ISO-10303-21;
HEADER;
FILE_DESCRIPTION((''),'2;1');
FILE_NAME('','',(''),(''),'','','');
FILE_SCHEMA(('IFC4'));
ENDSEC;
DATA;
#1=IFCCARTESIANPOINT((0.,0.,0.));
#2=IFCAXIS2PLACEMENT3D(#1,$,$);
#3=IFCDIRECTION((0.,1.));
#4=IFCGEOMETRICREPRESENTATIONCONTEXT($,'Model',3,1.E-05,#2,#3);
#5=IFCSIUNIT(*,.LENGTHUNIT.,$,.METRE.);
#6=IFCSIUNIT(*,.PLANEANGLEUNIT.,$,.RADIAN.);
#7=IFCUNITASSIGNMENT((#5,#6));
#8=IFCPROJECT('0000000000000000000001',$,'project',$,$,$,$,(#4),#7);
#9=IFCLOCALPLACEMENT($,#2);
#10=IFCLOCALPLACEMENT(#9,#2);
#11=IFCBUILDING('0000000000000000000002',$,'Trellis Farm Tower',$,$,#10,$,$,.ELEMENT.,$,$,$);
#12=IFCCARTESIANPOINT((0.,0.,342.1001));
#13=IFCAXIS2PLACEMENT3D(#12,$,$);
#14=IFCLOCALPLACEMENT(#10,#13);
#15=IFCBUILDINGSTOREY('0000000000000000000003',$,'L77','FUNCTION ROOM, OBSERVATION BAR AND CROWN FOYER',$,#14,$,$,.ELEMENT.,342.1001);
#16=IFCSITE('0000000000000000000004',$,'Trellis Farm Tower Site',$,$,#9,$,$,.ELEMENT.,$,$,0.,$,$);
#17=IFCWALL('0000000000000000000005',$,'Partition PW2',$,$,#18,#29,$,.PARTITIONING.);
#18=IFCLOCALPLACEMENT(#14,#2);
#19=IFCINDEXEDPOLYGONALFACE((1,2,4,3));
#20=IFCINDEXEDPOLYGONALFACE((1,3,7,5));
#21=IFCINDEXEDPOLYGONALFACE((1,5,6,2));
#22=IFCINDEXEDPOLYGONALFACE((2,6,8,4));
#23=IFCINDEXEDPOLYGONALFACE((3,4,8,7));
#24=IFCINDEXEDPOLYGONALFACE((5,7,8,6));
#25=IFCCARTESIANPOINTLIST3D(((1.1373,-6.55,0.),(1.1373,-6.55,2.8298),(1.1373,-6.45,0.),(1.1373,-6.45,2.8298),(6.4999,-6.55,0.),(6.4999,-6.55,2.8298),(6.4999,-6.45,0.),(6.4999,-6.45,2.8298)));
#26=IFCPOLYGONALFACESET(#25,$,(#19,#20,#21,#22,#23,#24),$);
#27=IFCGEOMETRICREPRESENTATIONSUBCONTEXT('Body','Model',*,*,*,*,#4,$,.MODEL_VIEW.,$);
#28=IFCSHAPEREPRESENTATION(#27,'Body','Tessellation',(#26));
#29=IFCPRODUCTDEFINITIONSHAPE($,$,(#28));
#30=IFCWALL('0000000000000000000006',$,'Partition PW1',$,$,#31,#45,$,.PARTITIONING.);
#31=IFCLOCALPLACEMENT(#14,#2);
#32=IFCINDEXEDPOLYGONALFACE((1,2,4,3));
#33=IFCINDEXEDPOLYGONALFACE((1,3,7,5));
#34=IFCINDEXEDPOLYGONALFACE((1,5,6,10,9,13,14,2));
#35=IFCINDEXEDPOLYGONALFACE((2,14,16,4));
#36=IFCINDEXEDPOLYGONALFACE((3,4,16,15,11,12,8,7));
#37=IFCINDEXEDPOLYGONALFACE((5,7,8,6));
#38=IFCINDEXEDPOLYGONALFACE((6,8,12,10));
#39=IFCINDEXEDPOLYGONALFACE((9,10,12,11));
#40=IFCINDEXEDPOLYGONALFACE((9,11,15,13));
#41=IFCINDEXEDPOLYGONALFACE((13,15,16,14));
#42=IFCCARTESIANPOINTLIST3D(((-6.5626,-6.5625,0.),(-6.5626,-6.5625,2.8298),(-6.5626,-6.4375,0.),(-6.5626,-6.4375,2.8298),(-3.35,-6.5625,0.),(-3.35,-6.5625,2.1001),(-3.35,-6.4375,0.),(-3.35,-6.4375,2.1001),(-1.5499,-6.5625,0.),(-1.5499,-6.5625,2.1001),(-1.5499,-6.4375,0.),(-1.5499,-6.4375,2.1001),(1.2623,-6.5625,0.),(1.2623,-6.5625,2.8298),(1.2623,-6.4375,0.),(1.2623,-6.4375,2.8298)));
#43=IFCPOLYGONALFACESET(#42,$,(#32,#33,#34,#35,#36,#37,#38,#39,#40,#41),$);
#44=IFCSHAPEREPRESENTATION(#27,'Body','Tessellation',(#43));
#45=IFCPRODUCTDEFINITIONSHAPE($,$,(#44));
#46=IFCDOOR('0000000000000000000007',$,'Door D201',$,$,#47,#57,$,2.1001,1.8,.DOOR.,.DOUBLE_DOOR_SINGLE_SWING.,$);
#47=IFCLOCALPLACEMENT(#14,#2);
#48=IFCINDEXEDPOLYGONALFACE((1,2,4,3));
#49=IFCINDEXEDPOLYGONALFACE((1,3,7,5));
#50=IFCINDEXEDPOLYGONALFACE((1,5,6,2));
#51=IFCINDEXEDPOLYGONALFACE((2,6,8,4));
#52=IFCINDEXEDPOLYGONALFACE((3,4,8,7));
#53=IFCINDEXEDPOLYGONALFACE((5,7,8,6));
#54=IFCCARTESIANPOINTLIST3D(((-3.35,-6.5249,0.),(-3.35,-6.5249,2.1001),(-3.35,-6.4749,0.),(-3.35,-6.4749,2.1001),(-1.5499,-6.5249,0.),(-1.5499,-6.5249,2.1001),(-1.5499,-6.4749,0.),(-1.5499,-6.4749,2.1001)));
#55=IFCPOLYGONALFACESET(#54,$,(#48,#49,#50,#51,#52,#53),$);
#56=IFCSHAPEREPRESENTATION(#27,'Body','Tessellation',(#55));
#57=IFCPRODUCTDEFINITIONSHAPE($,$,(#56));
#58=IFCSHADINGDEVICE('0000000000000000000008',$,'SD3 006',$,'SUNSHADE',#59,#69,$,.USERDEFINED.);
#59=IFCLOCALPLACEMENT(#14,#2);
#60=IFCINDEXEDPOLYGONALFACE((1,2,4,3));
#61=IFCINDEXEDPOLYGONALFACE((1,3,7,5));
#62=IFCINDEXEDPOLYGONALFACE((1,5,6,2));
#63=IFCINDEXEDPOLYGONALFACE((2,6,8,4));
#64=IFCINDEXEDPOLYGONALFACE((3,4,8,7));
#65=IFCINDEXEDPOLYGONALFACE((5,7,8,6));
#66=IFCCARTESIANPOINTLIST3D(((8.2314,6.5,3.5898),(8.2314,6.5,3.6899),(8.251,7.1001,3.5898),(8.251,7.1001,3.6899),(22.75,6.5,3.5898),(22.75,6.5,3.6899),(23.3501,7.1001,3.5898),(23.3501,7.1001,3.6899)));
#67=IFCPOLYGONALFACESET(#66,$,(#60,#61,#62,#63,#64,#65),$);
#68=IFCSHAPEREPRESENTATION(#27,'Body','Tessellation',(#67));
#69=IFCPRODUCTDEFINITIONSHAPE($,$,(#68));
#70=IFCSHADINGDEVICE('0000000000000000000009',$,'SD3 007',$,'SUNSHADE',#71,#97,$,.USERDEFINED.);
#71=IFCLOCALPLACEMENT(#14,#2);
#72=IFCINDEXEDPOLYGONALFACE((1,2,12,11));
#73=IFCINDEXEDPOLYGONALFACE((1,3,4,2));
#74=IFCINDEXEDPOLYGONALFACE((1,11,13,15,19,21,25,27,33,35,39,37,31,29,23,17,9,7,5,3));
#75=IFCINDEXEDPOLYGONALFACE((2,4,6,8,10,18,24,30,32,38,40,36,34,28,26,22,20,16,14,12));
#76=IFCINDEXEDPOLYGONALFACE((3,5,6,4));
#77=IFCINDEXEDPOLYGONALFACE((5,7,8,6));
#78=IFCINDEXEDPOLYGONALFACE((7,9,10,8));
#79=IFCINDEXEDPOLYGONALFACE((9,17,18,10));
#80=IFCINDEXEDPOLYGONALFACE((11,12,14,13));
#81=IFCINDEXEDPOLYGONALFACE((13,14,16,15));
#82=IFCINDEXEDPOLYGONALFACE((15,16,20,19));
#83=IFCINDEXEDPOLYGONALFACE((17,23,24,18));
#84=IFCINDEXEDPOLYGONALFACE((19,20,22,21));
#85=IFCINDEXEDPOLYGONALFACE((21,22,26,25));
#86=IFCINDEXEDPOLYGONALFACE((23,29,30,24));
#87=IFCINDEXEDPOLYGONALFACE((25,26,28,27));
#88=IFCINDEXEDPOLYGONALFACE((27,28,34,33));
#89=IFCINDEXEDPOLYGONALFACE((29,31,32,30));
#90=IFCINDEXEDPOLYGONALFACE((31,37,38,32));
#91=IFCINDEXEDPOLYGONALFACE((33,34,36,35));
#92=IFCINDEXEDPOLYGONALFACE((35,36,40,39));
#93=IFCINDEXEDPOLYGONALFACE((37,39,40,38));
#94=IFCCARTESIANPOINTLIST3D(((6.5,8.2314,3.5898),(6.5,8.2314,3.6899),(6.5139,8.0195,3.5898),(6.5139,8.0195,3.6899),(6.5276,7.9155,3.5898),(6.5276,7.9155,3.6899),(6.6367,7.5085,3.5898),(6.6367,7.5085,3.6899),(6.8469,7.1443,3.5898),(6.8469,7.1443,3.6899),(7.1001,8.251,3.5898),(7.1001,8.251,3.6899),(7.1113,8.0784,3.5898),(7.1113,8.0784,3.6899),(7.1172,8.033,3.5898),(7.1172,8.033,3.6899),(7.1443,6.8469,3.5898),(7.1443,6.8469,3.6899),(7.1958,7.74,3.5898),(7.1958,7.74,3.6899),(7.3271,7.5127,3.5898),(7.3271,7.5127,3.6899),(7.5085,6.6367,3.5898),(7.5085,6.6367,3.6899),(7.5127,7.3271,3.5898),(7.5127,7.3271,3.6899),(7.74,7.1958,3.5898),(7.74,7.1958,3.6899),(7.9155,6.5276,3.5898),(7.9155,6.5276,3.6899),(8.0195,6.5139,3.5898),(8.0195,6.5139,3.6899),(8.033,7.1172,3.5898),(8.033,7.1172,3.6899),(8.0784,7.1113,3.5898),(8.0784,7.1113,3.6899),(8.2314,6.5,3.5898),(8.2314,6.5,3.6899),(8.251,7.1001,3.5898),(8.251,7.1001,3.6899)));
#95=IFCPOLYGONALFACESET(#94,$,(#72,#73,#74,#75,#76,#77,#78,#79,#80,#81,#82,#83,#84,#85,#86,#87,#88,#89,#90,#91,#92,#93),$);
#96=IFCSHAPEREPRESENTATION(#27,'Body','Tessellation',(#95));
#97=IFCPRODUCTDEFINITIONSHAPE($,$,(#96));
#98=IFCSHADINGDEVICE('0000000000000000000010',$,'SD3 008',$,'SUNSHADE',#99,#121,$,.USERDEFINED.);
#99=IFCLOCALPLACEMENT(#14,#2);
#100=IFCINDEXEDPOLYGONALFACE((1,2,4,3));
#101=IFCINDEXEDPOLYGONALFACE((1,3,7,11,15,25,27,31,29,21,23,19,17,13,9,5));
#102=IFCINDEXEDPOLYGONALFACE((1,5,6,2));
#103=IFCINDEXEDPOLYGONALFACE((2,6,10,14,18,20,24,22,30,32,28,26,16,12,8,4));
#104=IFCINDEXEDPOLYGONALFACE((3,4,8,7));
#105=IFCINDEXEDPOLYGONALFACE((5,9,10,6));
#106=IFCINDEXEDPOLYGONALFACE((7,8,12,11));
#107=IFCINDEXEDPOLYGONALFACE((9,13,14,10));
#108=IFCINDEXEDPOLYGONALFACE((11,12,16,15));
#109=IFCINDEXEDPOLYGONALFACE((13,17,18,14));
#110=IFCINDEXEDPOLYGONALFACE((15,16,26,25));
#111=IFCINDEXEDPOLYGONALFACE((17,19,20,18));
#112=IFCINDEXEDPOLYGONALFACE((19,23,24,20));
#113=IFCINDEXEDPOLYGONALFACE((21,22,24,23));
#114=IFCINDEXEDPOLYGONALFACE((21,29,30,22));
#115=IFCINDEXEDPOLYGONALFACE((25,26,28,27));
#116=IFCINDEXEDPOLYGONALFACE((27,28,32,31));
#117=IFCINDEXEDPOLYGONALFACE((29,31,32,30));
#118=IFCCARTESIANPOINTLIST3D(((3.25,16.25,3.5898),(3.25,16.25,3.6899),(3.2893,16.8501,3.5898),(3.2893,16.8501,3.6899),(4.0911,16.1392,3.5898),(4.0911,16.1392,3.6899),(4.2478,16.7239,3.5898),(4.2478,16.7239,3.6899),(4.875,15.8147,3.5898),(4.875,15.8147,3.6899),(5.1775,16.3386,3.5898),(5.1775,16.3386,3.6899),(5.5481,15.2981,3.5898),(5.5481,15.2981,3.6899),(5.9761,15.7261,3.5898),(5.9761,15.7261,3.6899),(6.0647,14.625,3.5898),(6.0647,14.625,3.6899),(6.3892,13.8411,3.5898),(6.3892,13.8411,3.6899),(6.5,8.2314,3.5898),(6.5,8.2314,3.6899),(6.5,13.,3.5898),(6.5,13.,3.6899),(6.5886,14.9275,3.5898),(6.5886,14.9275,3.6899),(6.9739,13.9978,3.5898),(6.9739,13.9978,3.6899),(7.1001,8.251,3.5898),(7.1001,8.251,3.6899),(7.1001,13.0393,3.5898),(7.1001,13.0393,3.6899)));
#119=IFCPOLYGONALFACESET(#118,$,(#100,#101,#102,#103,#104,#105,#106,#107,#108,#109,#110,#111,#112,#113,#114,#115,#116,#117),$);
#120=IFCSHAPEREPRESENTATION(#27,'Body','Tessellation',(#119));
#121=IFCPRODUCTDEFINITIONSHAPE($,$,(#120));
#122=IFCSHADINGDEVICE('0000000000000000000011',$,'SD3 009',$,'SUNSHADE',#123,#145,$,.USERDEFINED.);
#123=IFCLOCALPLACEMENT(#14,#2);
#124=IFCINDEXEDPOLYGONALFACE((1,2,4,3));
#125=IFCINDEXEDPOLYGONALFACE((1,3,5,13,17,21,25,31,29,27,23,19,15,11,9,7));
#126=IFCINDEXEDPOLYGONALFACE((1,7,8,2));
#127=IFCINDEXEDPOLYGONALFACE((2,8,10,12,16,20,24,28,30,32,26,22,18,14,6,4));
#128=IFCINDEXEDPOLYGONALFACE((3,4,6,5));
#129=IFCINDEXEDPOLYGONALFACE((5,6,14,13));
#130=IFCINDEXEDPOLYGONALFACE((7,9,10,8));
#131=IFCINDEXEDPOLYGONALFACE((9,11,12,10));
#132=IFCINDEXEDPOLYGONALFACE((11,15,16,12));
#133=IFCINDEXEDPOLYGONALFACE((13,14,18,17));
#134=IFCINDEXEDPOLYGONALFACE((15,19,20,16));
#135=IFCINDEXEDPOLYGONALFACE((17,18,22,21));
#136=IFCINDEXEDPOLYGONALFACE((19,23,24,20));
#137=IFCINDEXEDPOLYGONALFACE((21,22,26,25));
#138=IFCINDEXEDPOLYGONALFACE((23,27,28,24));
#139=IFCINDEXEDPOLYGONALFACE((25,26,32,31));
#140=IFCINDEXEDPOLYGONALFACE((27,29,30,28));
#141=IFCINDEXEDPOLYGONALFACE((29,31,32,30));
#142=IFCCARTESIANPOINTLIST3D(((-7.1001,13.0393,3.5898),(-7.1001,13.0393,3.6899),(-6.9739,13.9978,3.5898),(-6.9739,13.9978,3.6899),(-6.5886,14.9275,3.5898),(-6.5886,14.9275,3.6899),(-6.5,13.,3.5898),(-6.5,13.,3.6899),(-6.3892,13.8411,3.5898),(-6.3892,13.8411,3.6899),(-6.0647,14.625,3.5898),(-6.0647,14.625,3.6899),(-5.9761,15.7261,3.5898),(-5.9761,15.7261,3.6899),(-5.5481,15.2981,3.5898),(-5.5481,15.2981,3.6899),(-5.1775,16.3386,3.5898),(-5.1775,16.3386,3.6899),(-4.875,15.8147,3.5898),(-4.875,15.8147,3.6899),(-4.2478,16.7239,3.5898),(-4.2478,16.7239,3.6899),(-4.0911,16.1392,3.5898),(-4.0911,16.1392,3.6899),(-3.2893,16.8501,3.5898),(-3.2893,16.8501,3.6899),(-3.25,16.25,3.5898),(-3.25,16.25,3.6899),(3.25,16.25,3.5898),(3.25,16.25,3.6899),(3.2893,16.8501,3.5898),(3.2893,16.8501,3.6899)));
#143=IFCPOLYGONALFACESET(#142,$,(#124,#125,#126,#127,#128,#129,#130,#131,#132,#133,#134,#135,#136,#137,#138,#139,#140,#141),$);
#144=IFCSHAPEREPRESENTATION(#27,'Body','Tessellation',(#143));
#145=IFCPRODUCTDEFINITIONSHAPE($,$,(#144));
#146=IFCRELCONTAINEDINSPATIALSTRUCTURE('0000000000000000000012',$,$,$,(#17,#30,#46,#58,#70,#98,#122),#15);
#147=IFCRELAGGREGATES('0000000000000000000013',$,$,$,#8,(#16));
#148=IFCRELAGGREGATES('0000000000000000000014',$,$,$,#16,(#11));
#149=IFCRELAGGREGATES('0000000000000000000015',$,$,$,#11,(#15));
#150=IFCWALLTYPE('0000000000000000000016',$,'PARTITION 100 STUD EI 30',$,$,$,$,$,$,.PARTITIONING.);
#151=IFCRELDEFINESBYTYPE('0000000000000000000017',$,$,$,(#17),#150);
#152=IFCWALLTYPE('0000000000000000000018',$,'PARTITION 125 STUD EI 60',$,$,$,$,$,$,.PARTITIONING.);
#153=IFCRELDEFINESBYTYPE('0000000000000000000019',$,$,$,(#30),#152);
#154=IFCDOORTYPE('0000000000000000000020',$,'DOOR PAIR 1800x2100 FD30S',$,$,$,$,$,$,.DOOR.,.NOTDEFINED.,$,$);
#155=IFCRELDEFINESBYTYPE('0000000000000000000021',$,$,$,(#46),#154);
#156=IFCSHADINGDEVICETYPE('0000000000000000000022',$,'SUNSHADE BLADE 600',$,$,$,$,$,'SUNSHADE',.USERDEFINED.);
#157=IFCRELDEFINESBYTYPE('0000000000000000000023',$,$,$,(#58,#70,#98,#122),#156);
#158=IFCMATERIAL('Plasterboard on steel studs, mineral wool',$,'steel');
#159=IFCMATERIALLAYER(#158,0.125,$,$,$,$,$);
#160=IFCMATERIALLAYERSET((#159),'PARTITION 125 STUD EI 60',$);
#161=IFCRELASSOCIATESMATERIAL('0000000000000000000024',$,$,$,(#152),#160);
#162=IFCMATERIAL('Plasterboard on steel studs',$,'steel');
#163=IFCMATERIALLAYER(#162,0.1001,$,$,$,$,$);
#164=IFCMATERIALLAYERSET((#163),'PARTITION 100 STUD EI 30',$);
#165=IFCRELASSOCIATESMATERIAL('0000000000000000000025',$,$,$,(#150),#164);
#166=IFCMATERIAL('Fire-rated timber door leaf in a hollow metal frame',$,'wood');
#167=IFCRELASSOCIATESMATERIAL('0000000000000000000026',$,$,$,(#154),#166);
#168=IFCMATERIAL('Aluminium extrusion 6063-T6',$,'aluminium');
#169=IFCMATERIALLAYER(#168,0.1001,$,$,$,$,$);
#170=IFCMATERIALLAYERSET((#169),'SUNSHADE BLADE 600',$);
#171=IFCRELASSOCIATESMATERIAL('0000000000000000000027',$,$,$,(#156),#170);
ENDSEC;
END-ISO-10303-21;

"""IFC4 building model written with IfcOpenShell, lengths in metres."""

from ifc_helpers import new_model, si_unit, direction, frame, frame_2d, origin, place, context, subcontext, project, spatial, polyline, rectangle, outline, extrude, source, transform, mapped, material, layer, layer_set, type_object, element, fill, save


model = new_model("IFC4")

# Units and contexts
model_context = context("Model", 3, precision=1e-05, world=origin(), true_north=direction((0.0, 1.0)))
body_context = subcontext(model_context, "Body", "Model", "MODEL_VIEW")
ifc_project = project(units=[si_unit("LENGTHUNIT", "METRE"), si_unit("PLANEANGLEUNIT", "RADIAN")], contexts=[model_context])

# Site, building, storey
site_placement = place(None, origin())
site = spatial("IfcSite", under=ifc_project, at=site_placement, Name="Trellis Farm Tower Site", CompositionType="ELEMENT", RefElevation=0.0)
building_placement = place(site_placement, origin())
building = spatial("IfcBuilding", under=site, at=building_placement, Name="Trellis Farm Tower", CompositionType="ELEMENT")
storey_placement = place(building_placement, frame((0.0, 0.0, 342.1001)))
storey = spatial("IfcBuildingStorey", under=building, at=storey_placement, Name="L77", Description="FUNCTION ROOM, OBSERVATION BAR AND CROWN FOYER", CompositionType="ELEMENT", Elevation=342.1001)

# Shared definitions
ifc_material_1 = material(Name="Aluminium extrusion 6063-T6", Category="aluminium")

# Wall
ifc_material_2 = material(Name="Plasterboard on steel studs, mineral wool", Category="steel")
ifc_layer_1 = layer(ifc_material_2, 0.125)
ifc_layer_set_1 = layer_set([ifc_layer_1], Name="PARTITION 125 STUD EI 60")
wall_type_1 = type_object("IfcWallType", Name="PARTITION 125 STUD EI 60", PredefinedType="PARTITIONING", material=ifc_layer_set_1)
ifc_material_3 = material(Name="Plasterboard on steel studs", Category="steel")
ifc_layer_2 = layer(ifc_material_3, 0.1001)
ifc_layer_set_2 = layer_set([ifc_layer_2], Name="PARTITION 100 STUD EI 30")
wall_type_2 = type_object("IfcWallType", Name="PARTITION 100 STUD EI 30", PredefinedType="PARTITIONING", material=ifc_layer_set_2)
shared_shape_1 = source(origin(), body_context, "Body", "SweptSolid", [
    extrude(rectangle(XDim=5.3625, YDim=0.1001, at=frame_2d((2.6812, 0.0))), origin(), (0.0, 0.0, 1.0), 2.8298),
])
wall_1_placement = place(storey_placement, frame((1.1375, -6.5, 0.0), z_axis=(0.0, 0.0, 1.0), x_axis=(1.0, 0.0, 0.0)))
element("IfcWall", 1, at=wall_1_placement, inside=storey, type_object=wall_type_2, Name="Partition PW2", PredefinedType="PARTITIONING", context=body_context, shape_type="MappedRepresentation", body=[
    mapped(shared_shape_1, transform((0.0, 0.0, 0.0))),
])

# Wall, opening, door
shared_shape_2 = source(origin(), body_context, "Body", "SweptSolid", [
    extrude(rectangle(XDim=7.825, YDim=0.125, at=frame_2d((3.9126, 0.0))), origin(), (0.0, 0.0, 1.0), 2.8298),
])
wall_2_placement = place(storey_placement, frame((1.2625, -6.5, 0.0), z_axis=(0.0, 0.0, 1.0), x_axis=(-1.0, 0.0, 0.0)))
wall_2 = element("IfcWall", 2, at=wall_2_placement, inside=storey, type_object=wall_type_1, Name="Partition PW1", PredefinedType="PARTITIONING", context=body_context, shape_type="MappedRepresentation", body=[
    mapped(shared_shape_2, transform((0.0, 0.0, 0.0))),
])
shared_shape_3 = source(origin(), body_context, "Body", "SweptSolid", [
    extrude(rectangle(XDim=1.8, YDim=2.1001, at=frame_2d((0.8999, 1.05))), frame((0.0, 0.0725, 0.0), z_axis=(0.0, -1.0, 0.0), x_axis=(1.0, 0.0, 0.0)), (0.0, 0.0, 1.0), 0.145),
])
opening_placement = place(wall_2_placement, frame((2.8125, 0.0, 0.0)))
opening = element("IfcOpeningElement", 3, at=opening_placement, cuts=wall_2, PredefinedType="OPENING", context=body_context, shape_type="MappedRepresentation", body=[
    mapped(shared_shape_3, transform((0.0, 0.0, 0.0))),
])
ifc_material_4 = material(Name="Fire-rated timber door leaf in a hollow metal frame", Category="wood")
door_type = type_object("IfcDoorType", Name="DOOR PAIR 1800x2100 FD30S", OperationType="NOTDEFINED", PredefinedType="DOOR", material=ifc_material_4)
shared_shape_4 = source(origin(), body_context, "Body", "SweptSolid", [
    extrude(rectangle(XDim=1.8, YDim=2.1001, at=frame_2d((0.8999, 1.05))), frame((0.0, 0.0249, 0.0), z_axis=(0.0, -1.0, 0.0), x_axis=(1.0, 0.0, 0.0)), (0.0, 0.0, 1.0), 0.05),
])
door_placement = place(opening_placement, origin())
door = element("IfcDoor", 4, at=door_placement, inside=storey, type_object=door_type, Name="Door D201", OperationType="DOUBLE_DOOR_SINGLE_SWING", OverallHeight=2.1001, OverallWidth=1.8, PredefinedType="DOOR", context=body_context, shape_type="MappedRepresentation", body=[
    mapped(shared_shape_4, transform((0.0, 0.0, 0.0))),
])
fill(opening, door)

# Shading devices
ifc_layer_3 = layer(ifc_material_1, 0.1001)
ifc_layer_set_3 = layer_set([ifc_layer_3], Name="SUNSHADE BLADE 600")
shading_device_type = type_object("IfcShadingDeviceType", Name="SUNSHADE BLADE 600", ElementType="SUNSHADE", PredefinedType="USERDEFINED", material=ifc_layer_set_3)
shared_shape_5 = source(origin(), body_context, "Body", "SweptSolid", [
    extrude(outline(polyline([(23.3501, 7.1001), (8.251, 7.1001), (8.2314, 6.5), (22.75, 6.5), (23.3501, 7.1001)])), origin(), (0.0, 0.0, 1.0), 0.1001),
])
placement_1 = place(storey_placement, frame((0.0, 0.0, 3.5898)))
element("IfcShadingDevice", 5, at=placement_1, inside=storey, type_object=shading_device_type, Name="SD3 006", ObjectType="SUNSHADE", PredefinedType="USERDEFINED", context=body_context, shape_type="MappedRepresentation", body=[
    mapped(shared_shape_5, transform((0.0, 0.0, 0.0))),
])
shared_shape_6 = source(origin(), body_context, "Body", "SweptSolid", [
    extrude(outline(polyline([(8.251, 7.1001), (8.0784, 7.1113), (8.033, 7.1172), (7.74, 7.1958), (7.5127, 7.3271), (7.3271, 7.5127), (7.1958, 7.74), (7.1172, 8.033), (7.1113, 8.0784), (7.1001, 8.251), (6.5, 8.2314), (6.5139, 8.0195), (6.5276, 7.9155), (6.6367, 7.5085), (6.8469, 7.1443), (7.1443, 6.8469), (7.5085, 6.6367), (7.9155, 6.5276), (8.0195, 6.5139), (8.2314, 6.5), (8.251, 7.1001)])), origin(), (0.0, 0.0, 1.0), 0.1001),
])
element("IfcShadingDevice", 6, at=placement_1, inside=storey, type_object=shading_device_type, Name="SD3 007", ObjectType="SUNSHADE", PredefinedType="USERDEFINED", context=body_context, shape_type="MappedRepresentation", body=[
    mapped(shared_shape_6, transform((0.0, 0.0, 0.0))),
])
shared_shape_7 = source(origin(), body_context, "Body", "SweptSolid", [
    extrude(outline(polyline([(7.1001, 8.251), (7.1001, 13.0393), (6.9739, 13.9978), (6.5886, 14.9275), (5.9761, 15.7261), (5.1775, 16.3386), (4.2478, 16.7239), (3.2893, 16.8501), (3.25, 16.25), (4.0911, 16.1392), (4.875, 15.8147), (5.5481, 15.2981), (6.0647, 14.625), (6.3892, 13.8411), (6.5, 13.0), (6.5, 8.2314), (7.1001, 8.251)])), origin(), (0.0, 0.0, 1.0), 0.1001),
])
element("IfcShadingDevice", 7, at=placement_1, inside=storey, type_object=shading_device_type, Name="SD3 008", ObjectType="SUNSHADE", PredefinedType="USERDEFINED", context=body_context, shape_type="MappedRepresentation", body=[
    mapped(shared_shape_7, transform((0.0, 0.0, 0.0))),
])
shared_shape_8 = source(origin(), body_context, "Body", "SweptSolid", [
    extrude(outline(polyline([(3.2893, 16.8501), (-3.2893, 16.8501), (-4.2478, 16.7239), (-5.1775, 16.3386), (-5.9761, 15.7261), (-6.5886, 14.9275), (-6.9739, 13.9978), (-7.1001, 13.0393), (-6.5, 13.0), (-6.3892, 13.8411), (-6.0647, 14.625), (-5.5481, 15.2981), (-4.875, 15.8147), (-4.0911, 16.1392), (-3.25, 16.25), (3.25, 16.25), (3.2893, 16.8501)])), origin(), (0.0, 0.0, 1.0), 0.1001),
])
element("IfcShadingDevice", 8, at=placement_1, inside=storey, type_object=shading_device_type, Name="SD3 009", ObjectType="SUNSHADE", PredefinedType="USERDEFINED", context=body_context, shape_type="MappedRepresentation", body=[
    mapped(shared_shape_8, transform((0.0, 0.0, 0.0))),
])

save(model, "model.ifc")
